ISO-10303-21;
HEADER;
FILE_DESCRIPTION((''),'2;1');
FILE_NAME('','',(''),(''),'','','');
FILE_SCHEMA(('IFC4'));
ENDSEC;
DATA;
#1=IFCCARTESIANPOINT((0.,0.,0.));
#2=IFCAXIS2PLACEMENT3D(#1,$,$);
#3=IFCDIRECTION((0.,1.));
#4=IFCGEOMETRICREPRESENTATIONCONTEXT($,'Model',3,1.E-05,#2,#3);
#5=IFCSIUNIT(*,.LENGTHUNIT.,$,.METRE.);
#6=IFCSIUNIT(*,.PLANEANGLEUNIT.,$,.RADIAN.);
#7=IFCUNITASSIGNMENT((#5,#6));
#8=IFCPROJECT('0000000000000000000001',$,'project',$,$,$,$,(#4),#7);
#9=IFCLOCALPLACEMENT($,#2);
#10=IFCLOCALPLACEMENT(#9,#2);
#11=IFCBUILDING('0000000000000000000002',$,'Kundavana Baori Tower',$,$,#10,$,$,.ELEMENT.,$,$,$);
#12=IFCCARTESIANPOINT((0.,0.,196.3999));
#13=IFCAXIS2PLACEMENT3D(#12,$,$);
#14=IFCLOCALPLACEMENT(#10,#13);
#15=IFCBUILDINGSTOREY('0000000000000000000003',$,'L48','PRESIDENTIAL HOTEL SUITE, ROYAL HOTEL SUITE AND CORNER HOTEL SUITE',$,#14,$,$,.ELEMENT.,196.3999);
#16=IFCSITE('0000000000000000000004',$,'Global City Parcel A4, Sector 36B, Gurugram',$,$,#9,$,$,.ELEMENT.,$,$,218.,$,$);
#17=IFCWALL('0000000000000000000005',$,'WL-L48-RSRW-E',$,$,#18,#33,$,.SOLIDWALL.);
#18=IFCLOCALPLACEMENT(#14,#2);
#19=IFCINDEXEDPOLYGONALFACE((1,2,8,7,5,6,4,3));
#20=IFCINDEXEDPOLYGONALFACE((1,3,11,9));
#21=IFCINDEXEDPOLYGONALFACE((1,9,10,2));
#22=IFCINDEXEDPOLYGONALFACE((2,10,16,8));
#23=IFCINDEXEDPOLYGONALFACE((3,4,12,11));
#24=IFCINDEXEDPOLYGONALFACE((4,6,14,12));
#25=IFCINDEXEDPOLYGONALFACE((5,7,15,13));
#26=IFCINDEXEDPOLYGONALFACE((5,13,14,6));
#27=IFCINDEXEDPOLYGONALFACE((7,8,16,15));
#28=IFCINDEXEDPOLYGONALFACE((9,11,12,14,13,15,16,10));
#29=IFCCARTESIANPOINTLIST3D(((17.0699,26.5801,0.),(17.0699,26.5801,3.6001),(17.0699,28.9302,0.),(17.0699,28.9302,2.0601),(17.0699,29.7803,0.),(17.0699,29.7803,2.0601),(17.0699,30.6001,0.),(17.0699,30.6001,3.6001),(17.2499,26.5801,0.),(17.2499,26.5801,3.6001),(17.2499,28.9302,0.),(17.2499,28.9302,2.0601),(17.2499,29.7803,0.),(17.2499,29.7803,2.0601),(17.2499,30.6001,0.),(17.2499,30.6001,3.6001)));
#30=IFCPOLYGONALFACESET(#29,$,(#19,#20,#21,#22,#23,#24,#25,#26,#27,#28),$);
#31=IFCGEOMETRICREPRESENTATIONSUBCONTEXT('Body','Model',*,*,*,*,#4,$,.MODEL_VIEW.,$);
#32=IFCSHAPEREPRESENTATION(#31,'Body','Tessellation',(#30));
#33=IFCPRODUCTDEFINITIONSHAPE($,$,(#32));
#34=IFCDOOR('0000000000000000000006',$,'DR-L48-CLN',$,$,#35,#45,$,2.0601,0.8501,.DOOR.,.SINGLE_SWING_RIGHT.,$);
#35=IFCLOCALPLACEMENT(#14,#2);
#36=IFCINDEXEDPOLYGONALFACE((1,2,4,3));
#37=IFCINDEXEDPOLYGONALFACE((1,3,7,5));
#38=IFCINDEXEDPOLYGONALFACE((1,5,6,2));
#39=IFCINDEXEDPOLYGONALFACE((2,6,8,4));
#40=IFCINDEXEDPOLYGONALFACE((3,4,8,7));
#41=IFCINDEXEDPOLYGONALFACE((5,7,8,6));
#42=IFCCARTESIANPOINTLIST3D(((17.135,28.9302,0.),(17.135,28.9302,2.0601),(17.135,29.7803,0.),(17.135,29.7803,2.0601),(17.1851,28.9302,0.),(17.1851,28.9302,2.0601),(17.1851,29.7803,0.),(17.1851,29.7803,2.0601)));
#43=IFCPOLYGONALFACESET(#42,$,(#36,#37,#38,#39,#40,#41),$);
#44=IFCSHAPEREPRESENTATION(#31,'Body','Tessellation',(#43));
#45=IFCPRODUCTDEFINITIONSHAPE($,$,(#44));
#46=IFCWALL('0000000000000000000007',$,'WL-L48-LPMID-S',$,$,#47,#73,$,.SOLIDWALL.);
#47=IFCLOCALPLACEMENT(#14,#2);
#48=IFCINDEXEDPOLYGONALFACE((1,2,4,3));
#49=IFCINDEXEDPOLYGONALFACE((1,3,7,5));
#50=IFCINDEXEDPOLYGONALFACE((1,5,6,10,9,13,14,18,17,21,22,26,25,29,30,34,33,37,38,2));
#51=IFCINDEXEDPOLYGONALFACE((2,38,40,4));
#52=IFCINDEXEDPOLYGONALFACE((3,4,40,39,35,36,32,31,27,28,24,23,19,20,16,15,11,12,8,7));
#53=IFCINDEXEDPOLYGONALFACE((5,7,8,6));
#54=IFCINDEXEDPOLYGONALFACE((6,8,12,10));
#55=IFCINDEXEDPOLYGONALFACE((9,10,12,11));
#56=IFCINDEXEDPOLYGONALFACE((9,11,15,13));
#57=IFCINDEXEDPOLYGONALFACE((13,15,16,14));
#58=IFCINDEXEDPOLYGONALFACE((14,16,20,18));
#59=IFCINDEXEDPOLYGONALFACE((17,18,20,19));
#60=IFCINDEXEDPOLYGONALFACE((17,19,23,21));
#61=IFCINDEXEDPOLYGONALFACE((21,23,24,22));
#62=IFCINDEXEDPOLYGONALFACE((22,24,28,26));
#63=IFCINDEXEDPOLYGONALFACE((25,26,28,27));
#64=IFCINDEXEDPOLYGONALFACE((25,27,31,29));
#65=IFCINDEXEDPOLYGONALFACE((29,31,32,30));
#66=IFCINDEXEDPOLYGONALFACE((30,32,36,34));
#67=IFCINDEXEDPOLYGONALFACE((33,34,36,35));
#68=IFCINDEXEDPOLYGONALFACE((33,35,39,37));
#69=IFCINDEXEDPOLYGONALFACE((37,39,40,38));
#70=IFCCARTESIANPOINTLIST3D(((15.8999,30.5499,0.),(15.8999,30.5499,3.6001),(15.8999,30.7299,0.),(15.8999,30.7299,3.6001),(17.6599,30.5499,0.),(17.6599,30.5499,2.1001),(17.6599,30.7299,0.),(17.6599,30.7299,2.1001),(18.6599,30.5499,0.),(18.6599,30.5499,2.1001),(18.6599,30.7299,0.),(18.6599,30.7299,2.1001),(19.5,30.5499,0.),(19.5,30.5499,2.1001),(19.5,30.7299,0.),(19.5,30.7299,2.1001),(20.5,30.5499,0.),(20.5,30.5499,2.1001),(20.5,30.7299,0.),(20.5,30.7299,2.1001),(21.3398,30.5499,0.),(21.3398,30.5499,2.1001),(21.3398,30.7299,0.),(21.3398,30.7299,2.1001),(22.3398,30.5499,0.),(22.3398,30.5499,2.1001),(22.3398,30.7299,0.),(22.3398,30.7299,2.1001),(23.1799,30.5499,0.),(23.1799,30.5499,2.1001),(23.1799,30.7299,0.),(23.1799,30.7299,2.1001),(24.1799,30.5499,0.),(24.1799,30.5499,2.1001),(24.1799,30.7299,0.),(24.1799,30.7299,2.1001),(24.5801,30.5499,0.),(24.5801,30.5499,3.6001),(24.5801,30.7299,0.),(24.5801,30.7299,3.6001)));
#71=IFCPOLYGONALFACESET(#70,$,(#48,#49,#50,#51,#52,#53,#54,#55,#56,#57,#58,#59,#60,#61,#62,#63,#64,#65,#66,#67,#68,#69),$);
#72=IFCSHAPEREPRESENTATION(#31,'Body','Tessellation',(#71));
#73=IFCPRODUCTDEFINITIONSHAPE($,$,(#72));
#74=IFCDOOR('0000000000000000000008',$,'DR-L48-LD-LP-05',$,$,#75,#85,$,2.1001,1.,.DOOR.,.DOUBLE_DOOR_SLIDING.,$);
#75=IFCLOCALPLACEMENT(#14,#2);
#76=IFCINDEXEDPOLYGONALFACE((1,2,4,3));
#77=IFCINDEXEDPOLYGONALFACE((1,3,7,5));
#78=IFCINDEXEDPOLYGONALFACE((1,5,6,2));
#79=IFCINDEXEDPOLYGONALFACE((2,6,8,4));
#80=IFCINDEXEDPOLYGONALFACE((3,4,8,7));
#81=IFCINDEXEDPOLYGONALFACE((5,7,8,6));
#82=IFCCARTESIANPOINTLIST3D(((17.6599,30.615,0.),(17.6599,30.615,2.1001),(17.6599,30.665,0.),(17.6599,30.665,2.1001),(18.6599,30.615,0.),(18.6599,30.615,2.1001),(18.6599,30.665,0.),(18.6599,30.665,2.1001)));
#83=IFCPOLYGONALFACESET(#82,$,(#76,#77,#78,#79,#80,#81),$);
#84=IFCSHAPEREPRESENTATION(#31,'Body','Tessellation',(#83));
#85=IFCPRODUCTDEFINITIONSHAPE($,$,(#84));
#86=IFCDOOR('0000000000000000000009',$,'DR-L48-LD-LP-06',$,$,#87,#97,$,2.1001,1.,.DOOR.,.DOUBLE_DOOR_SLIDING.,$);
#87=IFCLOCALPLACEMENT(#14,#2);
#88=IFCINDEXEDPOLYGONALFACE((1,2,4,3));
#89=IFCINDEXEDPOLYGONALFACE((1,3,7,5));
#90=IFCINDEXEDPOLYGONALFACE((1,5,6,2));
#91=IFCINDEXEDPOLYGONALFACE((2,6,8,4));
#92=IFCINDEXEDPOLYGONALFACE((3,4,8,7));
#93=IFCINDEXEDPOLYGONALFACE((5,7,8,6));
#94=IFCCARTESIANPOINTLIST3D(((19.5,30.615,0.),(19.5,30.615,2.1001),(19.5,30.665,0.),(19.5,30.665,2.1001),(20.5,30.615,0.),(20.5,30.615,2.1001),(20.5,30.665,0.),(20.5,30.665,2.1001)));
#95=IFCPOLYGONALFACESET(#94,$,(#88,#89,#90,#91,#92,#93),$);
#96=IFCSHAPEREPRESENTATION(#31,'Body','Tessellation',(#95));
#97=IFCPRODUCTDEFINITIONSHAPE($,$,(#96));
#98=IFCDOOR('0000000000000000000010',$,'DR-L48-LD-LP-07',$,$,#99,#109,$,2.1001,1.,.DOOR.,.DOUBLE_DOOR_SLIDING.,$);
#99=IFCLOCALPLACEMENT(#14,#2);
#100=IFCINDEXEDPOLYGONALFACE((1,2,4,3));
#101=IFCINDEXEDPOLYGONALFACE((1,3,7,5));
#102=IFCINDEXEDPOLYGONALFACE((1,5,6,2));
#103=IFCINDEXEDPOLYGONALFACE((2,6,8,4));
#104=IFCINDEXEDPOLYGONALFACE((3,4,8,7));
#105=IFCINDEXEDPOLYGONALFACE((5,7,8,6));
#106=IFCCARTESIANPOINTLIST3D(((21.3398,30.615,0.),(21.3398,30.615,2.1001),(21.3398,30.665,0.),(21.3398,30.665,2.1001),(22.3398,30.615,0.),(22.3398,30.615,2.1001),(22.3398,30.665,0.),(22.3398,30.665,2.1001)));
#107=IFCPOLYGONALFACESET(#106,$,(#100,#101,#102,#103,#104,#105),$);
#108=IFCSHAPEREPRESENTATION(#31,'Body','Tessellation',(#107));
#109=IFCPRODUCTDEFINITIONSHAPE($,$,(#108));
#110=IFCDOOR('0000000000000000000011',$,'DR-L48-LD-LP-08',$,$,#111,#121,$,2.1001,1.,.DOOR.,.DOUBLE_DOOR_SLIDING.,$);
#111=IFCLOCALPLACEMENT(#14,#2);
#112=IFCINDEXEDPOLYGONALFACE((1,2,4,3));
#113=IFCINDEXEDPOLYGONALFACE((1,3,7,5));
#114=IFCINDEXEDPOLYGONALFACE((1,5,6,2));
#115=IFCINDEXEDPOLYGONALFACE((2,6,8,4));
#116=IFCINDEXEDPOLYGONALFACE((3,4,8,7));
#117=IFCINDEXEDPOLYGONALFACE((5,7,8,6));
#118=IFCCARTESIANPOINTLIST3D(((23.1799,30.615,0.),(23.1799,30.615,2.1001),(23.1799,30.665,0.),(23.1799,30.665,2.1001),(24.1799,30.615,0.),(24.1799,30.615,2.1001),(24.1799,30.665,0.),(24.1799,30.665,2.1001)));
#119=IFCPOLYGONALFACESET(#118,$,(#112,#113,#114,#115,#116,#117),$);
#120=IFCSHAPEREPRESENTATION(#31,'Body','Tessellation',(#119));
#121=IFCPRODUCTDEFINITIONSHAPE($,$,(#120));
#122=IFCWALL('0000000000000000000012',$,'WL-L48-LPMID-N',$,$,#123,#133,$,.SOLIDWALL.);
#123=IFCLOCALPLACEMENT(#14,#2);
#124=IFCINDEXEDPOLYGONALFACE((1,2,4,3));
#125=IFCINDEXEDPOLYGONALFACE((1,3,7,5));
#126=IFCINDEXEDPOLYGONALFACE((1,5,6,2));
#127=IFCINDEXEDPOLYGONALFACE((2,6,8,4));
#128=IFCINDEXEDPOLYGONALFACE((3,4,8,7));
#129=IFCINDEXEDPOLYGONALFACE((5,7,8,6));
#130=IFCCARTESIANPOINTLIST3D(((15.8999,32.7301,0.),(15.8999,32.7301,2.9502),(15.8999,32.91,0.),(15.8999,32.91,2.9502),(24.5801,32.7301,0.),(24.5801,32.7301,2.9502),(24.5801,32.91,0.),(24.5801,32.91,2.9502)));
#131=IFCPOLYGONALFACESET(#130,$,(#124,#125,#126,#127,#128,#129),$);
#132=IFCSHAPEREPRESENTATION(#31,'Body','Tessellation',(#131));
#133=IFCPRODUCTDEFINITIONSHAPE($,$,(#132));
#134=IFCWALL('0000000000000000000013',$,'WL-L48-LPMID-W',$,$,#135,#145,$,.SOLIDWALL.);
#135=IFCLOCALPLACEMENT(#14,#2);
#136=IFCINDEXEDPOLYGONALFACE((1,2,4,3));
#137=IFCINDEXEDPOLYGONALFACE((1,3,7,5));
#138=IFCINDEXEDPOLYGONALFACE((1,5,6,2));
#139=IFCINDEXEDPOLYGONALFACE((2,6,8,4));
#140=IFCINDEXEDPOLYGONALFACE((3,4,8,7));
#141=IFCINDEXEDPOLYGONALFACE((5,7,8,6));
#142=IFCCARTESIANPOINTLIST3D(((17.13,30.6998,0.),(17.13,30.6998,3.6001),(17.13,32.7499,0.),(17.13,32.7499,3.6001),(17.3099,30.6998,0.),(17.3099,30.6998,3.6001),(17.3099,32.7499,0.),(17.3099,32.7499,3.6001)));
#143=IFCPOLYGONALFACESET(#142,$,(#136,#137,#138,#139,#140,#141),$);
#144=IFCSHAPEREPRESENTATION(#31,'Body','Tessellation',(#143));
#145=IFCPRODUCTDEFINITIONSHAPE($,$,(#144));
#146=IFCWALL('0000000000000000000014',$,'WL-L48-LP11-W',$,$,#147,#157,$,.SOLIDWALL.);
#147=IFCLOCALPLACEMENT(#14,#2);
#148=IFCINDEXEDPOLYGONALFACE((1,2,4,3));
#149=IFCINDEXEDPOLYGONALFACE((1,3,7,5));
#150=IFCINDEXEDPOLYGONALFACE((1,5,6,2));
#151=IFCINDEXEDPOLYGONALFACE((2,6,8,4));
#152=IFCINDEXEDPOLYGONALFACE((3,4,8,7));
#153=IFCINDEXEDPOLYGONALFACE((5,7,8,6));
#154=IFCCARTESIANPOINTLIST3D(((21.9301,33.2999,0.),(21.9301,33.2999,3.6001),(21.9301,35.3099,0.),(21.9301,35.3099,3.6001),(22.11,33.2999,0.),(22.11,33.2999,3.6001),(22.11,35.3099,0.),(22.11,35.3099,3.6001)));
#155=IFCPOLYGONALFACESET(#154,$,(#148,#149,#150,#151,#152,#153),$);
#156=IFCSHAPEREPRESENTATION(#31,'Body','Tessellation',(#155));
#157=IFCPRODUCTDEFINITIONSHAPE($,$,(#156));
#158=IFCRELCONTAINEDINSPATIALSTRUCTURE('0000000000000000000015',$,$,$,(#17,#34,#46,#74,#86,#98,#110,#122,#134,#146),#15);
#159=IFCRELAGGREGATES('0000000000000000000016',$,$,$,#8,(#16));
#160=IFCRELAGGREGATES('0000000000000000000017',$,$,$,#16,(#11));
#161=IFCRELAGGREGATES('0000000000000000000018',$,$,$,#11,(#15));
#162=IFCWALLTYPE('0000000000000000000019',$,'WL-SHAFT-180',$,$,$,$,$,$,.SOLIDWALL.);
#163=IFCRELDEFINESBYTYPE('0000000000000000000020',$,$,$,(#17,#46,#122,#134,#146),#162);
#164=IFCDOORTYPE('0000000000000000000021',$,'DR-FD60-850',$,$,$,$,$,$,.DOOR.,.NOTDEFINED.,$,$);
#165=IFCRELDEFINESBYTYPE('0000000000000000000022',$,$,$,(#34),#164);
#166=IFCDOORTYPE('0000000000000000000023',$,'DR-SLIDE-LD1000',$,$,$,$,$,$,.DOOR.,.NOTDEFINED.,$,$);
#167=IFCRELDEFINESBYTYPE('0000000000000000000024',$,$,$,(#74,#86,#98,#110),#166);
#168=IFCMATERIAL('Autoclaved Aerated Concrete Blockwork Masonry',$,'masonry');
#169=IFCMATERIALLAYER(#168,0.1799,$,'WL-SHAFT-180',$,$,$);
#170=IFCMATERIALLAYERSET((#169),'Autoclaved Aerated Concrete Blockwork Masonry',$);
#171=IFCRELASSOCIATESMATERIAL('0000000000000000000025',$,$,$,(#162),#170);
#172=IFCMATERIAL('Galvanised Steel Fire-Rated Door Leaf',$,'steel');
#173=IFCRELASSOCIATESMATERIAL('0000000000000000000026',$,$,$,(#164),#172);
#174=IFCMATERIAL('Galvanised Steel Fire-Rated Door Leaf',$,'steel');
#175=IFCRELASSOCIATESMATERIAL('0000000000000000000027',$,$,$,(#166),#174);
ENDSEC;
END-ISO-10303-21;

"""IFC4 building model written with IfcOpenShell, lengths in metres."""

from ifc_helpers import new_model, si_unit, direction, frame, frame_2d, origin, place, context, subcontext, project, spatial, rectangle, extrude, material, layer, layer_set, type_object, element, fill, save


model = new_model("IFC4")

# Units and contexts
model_context = context("Model", 3, precision=1e-05, world=origin(), true_north=direction((0.0, 1.0)))
body_context = subcontext(model_context, "Body", "Model", "MODEL_VIEW")
ifc_project = project(units=[si_unit("LENGTHUNIT", "METRE"), si_unit("PLANEANGLEUNIT", "RADIAN")], contexts=[model_context])

# Site, building, storey
site_placement = place(None, origin())
site = spatial("IfcSite", under=ifc_project, at=site_placement, Name="Global City Parcel A4, Sector 36B, Gurugram", CompositionType="ELEMENT", RefElevation=218.0)
building_placement = place(site_placement, origin())
building = spatial("IfcBuilding", under=site, at=building_placement, Name="Kundavana Baori Tower", CompositionType="ELEMENT")
storey_placement = place(building_placement, frame((0.0, 0.0, 196.3999)))
storey = spatial("IfcBuildingStorey", under=building, at=storey_placement, Name="L48", Description="PRESIDENTIAL HOTEL SUITE, ROYAL HOTEL SUITE AND CORNER HOTEL SUITE", CompositionType="ELEMENT", Elevation=196.3999)

# Shared definitions
ifc_material_1 = material(Name="Autoclaved Aerated Concrete Blockwork Masonry", Category="masonry")
ifc_layer_1 = layer(ifc_material_1, 0.1799, Name="WL-SHAFT-180")
ifc_layer_set_1 = layer_set([ifc_layer_1], Name="Autoclaved Aerated Concrete Blockwork Masonry")
wall_type_1 = type_object("IfcWallType", Name="WL-SHAFT-180", PredefinedType="SOLIDWALL", material=ifc_layer_set_1)

# Wall, opening, door
wall_1_placement = place(storey_placement, frame((17.1599, 26.5801, 0.0), z_axis=(0.0, 0.0, 1.0), x_axis=(0.0, 1.0, 0.0)))
wall_1 = element("IfcWall", 1, at=wall_1_placement, inside=storey, type_object=wall_type_1, Name="WL-L48-RSRW-E", PredefinedType="SOLIDWALL", context=body_context, shape_type="SweptSolid", body=[
    extrude(rectangle(XDim=4.02, YDim=0.1799, at=frame_2d((2.01, 0.0))), origin(), (0.0, 0.0, 1.0), 3.6001),
])
opening_1_placement = place(wall_1_placement, frame((2.3501, 0.0, 0.0)))
opening_1 = element("IfcOpeningElement", 2, at=opening_1_placement, cuts=wall_1, PredefinedType="OPENING", context=body_context, shape_type="SweptSolid", body=[
    extrude(rectangle(XDim=0.8501, YDim=2.0601, at=frame_2d((0.425, 1.03))), frame((0.0, 0.1001, 0.0), z_axis=(0.0, -1.0, 0.0), x_axis=(1.0, 0.0, 0.0)), (0.0, 0.0, 1.0), 0.2),
])
ifc_material_2 = material(Name="Galvanised Steel Fire-Rated Door Leaf", Category="steel")
door_type_1 = type_object("IfcDoorType", Name="DR-FD60-850", OperationType="NOTDEFINED", PredefinedType="DOOR", material=ifc_material_2)
door_1_placement = place(opening_1_placement, origin())
door_1 = element("IfcDoor", 3, at=door_1_placement, inside=storey, type_object=door_type_1, Name="DR-L48-CLN", OperationType="SINGLE_SWING_RIGHT", OverallHeight=2.0601, OverallWidth=0.8501, PredefinedType="DOOR", context=body_context, shape_type="SweptSolid", body=[
    extrude(rectangle(XDim=0.8501, YDim=2.0601, at=frame_2d((0.425, 1.03))), frame((0.0, 0.0249, 0.0), z_axis=(0.0, -1.0, 0.0), x_axis=(1.0, 0.0, 0.0)), (0.0, 0.0, 1.0), 0.05),
])
fill(opening_1, door_1)

# Wall, openings, doors
wall_2_placement = place(storey_placement, frame((15.8999, 30.6399, 0.0), z_axis=(0.0, 0.0, 1.0), x_axis=(1.0, 0.0, 0.0)))
wall_2 = element("IfcWall", 4, at=wall_2_placement, inside=storey, type_object=wall_type_1, Name="WL-L48-LPMID-S", PredefinedType="SOLIDWALL", context=body_context, shape_type="SweptSolid", body=[
    extrude(rectangle(XDim=8.6802, YDim=0.1799, at=frame_2d((4.3401, 0.0))), origin(), (0.0, 0.0, 1.0), 3.6001),
])
opening_2_placement = place(wall_2_placement, frame((1.76, 0.0, 0.0)))
opening_2 = element("IfcOpeningElement", 5, at=opening_2_placement, cuts=wall_2, PredefinedType="OPENING", context=body_context, shape_type="SweptSolid", body=[
    extrude(rectangle(XDim=1.0, YDim=2.1001, at=frame_2d((0.5, 1.05))), frame((0.0, 0.1001, 0.0), z_axis=(0.0, -1.0, 0.0), x_axis=(1.0, 0.0, 0.0)), (0.0, 0.0, 1.0), 0.2),
])
opening_3_placement = place(wall_2_placement, frame((3.6001, 0.0, 0.0)))
opening_3 = element("IfcOpeningElement", 6, at=opening_3_placement, cuts=wall_2, PredefinedType="OPENING", context=body_context, shape_type="SweptSolid", body=[
    extrude(rectangle(XDim=1.0, YDim=2.1001, at=frame_2d((0.5, 1.05))), frame((0.0, 0.1001, 0.0), z_axis=(0.0, -1.0, 0.0), x_axis=(1.0, 0.0, 0.0)), (0.0, 0.0, 1.0), 0.2),
])
opening_4_placement = place(wall_2_placement, frame((5.4399, 0.0, 0.0)))
opening_4 = element("IfcOpeningElement", 7, at=opening_4_placement, cuts=wall_2, PredefinedType="OPENING", context=body_context, shape_type="SweptSolid", body=[
    extrude(rectangle(XDim=1.0, YDim=2.1001, at=frame_2d((0.5, 1.05))), frame((0.0, 0.1001, 0.0), z_axis=(0.0, -1.0, 0.0), x_axis=(1.0, 0.0, 0.0)), (0.0, 0.0, 1.0), 0.2),
])
opening_5_placement = place(wall_2_placement, frame((7.28, 0.0, 0.0)))
opening_5 = element("IfcOpeningElement", 8, at=opening_5_placement, cuts=wall_2, PredefinedType="OPENING", context=body_context, shape_type="SweptSolid", body=[
    extrude(rectangle(XDim=1.0, YDim=2.1001, at=frame_2d((0.5, 1.05))), frame((0.0, 0.1001, 0.0), z_axis=(0.0, -1.0, 0.0), x_axis=(1.0, 0.0, 0.0)), (0.0, 0.0, 1.0), 0.2),
])
ifc_material_3 = material(Name="Galvanised Steel Fire-Rated Door Leaf", Category="steel")
door_type_2 = type_object("IfcDoorType", Name="DR-SLIDE-LD1000", OperationType="NOTDEFINED", PredefinedType="DOOR", material=ifc_material_3)
door_2_placement = place(opening_2_placement, frame((1.0, 0.0, 0.0), z_axis=(0.0, 0.0, 1.0), x_axis=(-1.0, 0.0, 0.0)))
door_2 = element("IfcDoor", 9, at=door_2_placement, inside=storey, type_object=door_type_2, Name="DR-L48-LD-LP-05", OperationType="DOUBLE_DOOR_SLIDING", OverallHeight=2.1001, OverallWidth=1.0, PredefinedType="DOOR", context=body_context, shape_type="SweptSolid", body=[
    extrude(rectangle(XDim=1.0, YDim=2.1001, at=frame_2d((0.5, 1.05))), frame((0.0, 0.0249, 0.0), z_axis=(0.0, -1.0, 0.0), x_axis=(1.0, 0.0, 0.0)), (0.0, 0.0, 1.0), 0.05),
])
fill(opening_2, door_2)
door_3_placement = place(opening_3_placement, frame((1.0, 0.0, 0.0), z_axis=(0.0, 0.0, 1.0), x_axis=(-1.0, 0.0, 0.0)))
door_3 = element("IfcDoor", 10, at=door_3_placement, inside=storey, type_object=door_type_2, Name="DR-L48-LD-LP-06", OperationType="DOUBLE_DOOR_SLIDING", OverallHeight=2.1001, OverallWidth=1.0, PredefinedType="DOOR", context=body_context, shape_type="SweptSolid", body=[
    extrude(rectangle(XDim=1.0, YDim=2.1001, at=frame_2d((0.5, 1.05))), frame((0.0, 0.0249, 0.0), z_axis=(0.0, -1.0, 0.0), x_axis=(1.0, 0.0, 0.0)), (0.0, 0.0, 1.0), 0.05),
])
fill(opening_3, door_3)
door_4_placement = place(opening_4_placement, frame((1.0, 0.0, 0.0), z_axis=(0.0, 0.0, 1.0), x_axis=(-1.0, 0.0, 0.0)))
door_4 = element("IfcDoor", 11, at=door_4_placement, inside=storey, type_object=door_type_2, Name="DR-L48-LD-LP-07", OperationType="DOUBLE_DOOR_SLIDING", OverallHeight=2.1001, OverallWidth=1.0, PredefinedType="DOOR", context=body_context, shape_type="SweptSolid", body=[
    extrude(rectangle(XDim=1.0, YDim=2.1001, at=frame_2d((0.5, 1.05))), frame((0.0, 0.0249, 0.0), z_axis=(0.0, -1.0, 0.0), x_axis=(1.0, 0.0, 0.0)), (0.0, 0.0, 1.0), 0.05),
])
fill(opening_4, door_4)
door_5_placement = place(opening_5_placement, frame((1.0, 0.0, 0.0), z_axis=(0.0, 0.0, 1.0), x_axis=(-1.0, 0.0, 0.0)))
door_5 = element("IfcDoor", 12, at=door_5_placement, inside=storey, type_object=door_type_2, Name="DR-L48-LD-LP-08", OperationType="DOUBLE_DOOR_SLIDING", OverallHeight=2.1001, OverallWidth=1.0, PredefinedType="DOOR", context=body_context, shape_type="SweptSolid", body=[
    extrude(rectangle(XDim=1.0, YDim=2.1001, at=frame_2d((0.5, 1.05))), frame((0.0, 0.0249, 0.0), z_axis=(0.0, -1.0, 0.0), x_axis=(1.0, 0.0, 0.0)), (0.0, 0.0, 1.0), 0.05),
])
fill(opening_5, door_5)

# Walls
wall_3_placement = place(storey_placement, frame((15.8999, 32.8201, 0.0), z_axis=(0.0, 0.0, 1.0), x_axis=(1.0, 0.0, 0.0)))
element("IfcWall", 13, at=wall_3_placement, inside=storey, type_object=wall_type_1, Name="WL-L48-LPMID-N", PredefinedType="SOLIDWALL", context=body_context, shape_type="SweptSolid", body=[
    extrude(rectangle(XDim=8.6802, YDim=0.1799, at=frame_2d((4.3401, 0.0))), origin(), (0.0, 0.0, 1.0), 2.9502),
])
wall_4_placement = place(storey_placement, frame((17.22, 30.7, 0.0), z_axis=(0.0, 0.0, 1.0), x_axis=(0.0, 1.0, 0.0)))
element("IfcWall", 14, at=wall_4_placement, inside=storey, type_object=wall_type_1, Name="WL-L48-LPMID-W", PredefinedType="SOLIDWALL", context=body_context, shape_type="SweptSolid", body=[
    extrude(rectangle(XDim=2.05, YDim=0.1799, at=frame_2d((1.0249, 0.0))), origin(), (0.0, 0.0, 1.0), 3.6001),
])
wall_5_placement = place(storey_placement, frame((22.02, 33.3, 0.0), z_axis=(0.0, 0.0, 1.0), x_axis=(0.0, 1.0, 0.0)))
element("IfcWall", 15, at=wall_5_placement, inside=storey, type_object=wall_type_1, Name="WL-L48-LP11-W", PredefinedType="SOLIDWALL", context=body_context, shape_type="SweptSolid", body=[
    extrude(rectangle(XDim=2.01, YDim=0.1799, at=frame_2d((1.0049, 0.0))), origin(), (0.0, 0.0, 1.0), 3.6001),
])

save(model, "model.ifc")
